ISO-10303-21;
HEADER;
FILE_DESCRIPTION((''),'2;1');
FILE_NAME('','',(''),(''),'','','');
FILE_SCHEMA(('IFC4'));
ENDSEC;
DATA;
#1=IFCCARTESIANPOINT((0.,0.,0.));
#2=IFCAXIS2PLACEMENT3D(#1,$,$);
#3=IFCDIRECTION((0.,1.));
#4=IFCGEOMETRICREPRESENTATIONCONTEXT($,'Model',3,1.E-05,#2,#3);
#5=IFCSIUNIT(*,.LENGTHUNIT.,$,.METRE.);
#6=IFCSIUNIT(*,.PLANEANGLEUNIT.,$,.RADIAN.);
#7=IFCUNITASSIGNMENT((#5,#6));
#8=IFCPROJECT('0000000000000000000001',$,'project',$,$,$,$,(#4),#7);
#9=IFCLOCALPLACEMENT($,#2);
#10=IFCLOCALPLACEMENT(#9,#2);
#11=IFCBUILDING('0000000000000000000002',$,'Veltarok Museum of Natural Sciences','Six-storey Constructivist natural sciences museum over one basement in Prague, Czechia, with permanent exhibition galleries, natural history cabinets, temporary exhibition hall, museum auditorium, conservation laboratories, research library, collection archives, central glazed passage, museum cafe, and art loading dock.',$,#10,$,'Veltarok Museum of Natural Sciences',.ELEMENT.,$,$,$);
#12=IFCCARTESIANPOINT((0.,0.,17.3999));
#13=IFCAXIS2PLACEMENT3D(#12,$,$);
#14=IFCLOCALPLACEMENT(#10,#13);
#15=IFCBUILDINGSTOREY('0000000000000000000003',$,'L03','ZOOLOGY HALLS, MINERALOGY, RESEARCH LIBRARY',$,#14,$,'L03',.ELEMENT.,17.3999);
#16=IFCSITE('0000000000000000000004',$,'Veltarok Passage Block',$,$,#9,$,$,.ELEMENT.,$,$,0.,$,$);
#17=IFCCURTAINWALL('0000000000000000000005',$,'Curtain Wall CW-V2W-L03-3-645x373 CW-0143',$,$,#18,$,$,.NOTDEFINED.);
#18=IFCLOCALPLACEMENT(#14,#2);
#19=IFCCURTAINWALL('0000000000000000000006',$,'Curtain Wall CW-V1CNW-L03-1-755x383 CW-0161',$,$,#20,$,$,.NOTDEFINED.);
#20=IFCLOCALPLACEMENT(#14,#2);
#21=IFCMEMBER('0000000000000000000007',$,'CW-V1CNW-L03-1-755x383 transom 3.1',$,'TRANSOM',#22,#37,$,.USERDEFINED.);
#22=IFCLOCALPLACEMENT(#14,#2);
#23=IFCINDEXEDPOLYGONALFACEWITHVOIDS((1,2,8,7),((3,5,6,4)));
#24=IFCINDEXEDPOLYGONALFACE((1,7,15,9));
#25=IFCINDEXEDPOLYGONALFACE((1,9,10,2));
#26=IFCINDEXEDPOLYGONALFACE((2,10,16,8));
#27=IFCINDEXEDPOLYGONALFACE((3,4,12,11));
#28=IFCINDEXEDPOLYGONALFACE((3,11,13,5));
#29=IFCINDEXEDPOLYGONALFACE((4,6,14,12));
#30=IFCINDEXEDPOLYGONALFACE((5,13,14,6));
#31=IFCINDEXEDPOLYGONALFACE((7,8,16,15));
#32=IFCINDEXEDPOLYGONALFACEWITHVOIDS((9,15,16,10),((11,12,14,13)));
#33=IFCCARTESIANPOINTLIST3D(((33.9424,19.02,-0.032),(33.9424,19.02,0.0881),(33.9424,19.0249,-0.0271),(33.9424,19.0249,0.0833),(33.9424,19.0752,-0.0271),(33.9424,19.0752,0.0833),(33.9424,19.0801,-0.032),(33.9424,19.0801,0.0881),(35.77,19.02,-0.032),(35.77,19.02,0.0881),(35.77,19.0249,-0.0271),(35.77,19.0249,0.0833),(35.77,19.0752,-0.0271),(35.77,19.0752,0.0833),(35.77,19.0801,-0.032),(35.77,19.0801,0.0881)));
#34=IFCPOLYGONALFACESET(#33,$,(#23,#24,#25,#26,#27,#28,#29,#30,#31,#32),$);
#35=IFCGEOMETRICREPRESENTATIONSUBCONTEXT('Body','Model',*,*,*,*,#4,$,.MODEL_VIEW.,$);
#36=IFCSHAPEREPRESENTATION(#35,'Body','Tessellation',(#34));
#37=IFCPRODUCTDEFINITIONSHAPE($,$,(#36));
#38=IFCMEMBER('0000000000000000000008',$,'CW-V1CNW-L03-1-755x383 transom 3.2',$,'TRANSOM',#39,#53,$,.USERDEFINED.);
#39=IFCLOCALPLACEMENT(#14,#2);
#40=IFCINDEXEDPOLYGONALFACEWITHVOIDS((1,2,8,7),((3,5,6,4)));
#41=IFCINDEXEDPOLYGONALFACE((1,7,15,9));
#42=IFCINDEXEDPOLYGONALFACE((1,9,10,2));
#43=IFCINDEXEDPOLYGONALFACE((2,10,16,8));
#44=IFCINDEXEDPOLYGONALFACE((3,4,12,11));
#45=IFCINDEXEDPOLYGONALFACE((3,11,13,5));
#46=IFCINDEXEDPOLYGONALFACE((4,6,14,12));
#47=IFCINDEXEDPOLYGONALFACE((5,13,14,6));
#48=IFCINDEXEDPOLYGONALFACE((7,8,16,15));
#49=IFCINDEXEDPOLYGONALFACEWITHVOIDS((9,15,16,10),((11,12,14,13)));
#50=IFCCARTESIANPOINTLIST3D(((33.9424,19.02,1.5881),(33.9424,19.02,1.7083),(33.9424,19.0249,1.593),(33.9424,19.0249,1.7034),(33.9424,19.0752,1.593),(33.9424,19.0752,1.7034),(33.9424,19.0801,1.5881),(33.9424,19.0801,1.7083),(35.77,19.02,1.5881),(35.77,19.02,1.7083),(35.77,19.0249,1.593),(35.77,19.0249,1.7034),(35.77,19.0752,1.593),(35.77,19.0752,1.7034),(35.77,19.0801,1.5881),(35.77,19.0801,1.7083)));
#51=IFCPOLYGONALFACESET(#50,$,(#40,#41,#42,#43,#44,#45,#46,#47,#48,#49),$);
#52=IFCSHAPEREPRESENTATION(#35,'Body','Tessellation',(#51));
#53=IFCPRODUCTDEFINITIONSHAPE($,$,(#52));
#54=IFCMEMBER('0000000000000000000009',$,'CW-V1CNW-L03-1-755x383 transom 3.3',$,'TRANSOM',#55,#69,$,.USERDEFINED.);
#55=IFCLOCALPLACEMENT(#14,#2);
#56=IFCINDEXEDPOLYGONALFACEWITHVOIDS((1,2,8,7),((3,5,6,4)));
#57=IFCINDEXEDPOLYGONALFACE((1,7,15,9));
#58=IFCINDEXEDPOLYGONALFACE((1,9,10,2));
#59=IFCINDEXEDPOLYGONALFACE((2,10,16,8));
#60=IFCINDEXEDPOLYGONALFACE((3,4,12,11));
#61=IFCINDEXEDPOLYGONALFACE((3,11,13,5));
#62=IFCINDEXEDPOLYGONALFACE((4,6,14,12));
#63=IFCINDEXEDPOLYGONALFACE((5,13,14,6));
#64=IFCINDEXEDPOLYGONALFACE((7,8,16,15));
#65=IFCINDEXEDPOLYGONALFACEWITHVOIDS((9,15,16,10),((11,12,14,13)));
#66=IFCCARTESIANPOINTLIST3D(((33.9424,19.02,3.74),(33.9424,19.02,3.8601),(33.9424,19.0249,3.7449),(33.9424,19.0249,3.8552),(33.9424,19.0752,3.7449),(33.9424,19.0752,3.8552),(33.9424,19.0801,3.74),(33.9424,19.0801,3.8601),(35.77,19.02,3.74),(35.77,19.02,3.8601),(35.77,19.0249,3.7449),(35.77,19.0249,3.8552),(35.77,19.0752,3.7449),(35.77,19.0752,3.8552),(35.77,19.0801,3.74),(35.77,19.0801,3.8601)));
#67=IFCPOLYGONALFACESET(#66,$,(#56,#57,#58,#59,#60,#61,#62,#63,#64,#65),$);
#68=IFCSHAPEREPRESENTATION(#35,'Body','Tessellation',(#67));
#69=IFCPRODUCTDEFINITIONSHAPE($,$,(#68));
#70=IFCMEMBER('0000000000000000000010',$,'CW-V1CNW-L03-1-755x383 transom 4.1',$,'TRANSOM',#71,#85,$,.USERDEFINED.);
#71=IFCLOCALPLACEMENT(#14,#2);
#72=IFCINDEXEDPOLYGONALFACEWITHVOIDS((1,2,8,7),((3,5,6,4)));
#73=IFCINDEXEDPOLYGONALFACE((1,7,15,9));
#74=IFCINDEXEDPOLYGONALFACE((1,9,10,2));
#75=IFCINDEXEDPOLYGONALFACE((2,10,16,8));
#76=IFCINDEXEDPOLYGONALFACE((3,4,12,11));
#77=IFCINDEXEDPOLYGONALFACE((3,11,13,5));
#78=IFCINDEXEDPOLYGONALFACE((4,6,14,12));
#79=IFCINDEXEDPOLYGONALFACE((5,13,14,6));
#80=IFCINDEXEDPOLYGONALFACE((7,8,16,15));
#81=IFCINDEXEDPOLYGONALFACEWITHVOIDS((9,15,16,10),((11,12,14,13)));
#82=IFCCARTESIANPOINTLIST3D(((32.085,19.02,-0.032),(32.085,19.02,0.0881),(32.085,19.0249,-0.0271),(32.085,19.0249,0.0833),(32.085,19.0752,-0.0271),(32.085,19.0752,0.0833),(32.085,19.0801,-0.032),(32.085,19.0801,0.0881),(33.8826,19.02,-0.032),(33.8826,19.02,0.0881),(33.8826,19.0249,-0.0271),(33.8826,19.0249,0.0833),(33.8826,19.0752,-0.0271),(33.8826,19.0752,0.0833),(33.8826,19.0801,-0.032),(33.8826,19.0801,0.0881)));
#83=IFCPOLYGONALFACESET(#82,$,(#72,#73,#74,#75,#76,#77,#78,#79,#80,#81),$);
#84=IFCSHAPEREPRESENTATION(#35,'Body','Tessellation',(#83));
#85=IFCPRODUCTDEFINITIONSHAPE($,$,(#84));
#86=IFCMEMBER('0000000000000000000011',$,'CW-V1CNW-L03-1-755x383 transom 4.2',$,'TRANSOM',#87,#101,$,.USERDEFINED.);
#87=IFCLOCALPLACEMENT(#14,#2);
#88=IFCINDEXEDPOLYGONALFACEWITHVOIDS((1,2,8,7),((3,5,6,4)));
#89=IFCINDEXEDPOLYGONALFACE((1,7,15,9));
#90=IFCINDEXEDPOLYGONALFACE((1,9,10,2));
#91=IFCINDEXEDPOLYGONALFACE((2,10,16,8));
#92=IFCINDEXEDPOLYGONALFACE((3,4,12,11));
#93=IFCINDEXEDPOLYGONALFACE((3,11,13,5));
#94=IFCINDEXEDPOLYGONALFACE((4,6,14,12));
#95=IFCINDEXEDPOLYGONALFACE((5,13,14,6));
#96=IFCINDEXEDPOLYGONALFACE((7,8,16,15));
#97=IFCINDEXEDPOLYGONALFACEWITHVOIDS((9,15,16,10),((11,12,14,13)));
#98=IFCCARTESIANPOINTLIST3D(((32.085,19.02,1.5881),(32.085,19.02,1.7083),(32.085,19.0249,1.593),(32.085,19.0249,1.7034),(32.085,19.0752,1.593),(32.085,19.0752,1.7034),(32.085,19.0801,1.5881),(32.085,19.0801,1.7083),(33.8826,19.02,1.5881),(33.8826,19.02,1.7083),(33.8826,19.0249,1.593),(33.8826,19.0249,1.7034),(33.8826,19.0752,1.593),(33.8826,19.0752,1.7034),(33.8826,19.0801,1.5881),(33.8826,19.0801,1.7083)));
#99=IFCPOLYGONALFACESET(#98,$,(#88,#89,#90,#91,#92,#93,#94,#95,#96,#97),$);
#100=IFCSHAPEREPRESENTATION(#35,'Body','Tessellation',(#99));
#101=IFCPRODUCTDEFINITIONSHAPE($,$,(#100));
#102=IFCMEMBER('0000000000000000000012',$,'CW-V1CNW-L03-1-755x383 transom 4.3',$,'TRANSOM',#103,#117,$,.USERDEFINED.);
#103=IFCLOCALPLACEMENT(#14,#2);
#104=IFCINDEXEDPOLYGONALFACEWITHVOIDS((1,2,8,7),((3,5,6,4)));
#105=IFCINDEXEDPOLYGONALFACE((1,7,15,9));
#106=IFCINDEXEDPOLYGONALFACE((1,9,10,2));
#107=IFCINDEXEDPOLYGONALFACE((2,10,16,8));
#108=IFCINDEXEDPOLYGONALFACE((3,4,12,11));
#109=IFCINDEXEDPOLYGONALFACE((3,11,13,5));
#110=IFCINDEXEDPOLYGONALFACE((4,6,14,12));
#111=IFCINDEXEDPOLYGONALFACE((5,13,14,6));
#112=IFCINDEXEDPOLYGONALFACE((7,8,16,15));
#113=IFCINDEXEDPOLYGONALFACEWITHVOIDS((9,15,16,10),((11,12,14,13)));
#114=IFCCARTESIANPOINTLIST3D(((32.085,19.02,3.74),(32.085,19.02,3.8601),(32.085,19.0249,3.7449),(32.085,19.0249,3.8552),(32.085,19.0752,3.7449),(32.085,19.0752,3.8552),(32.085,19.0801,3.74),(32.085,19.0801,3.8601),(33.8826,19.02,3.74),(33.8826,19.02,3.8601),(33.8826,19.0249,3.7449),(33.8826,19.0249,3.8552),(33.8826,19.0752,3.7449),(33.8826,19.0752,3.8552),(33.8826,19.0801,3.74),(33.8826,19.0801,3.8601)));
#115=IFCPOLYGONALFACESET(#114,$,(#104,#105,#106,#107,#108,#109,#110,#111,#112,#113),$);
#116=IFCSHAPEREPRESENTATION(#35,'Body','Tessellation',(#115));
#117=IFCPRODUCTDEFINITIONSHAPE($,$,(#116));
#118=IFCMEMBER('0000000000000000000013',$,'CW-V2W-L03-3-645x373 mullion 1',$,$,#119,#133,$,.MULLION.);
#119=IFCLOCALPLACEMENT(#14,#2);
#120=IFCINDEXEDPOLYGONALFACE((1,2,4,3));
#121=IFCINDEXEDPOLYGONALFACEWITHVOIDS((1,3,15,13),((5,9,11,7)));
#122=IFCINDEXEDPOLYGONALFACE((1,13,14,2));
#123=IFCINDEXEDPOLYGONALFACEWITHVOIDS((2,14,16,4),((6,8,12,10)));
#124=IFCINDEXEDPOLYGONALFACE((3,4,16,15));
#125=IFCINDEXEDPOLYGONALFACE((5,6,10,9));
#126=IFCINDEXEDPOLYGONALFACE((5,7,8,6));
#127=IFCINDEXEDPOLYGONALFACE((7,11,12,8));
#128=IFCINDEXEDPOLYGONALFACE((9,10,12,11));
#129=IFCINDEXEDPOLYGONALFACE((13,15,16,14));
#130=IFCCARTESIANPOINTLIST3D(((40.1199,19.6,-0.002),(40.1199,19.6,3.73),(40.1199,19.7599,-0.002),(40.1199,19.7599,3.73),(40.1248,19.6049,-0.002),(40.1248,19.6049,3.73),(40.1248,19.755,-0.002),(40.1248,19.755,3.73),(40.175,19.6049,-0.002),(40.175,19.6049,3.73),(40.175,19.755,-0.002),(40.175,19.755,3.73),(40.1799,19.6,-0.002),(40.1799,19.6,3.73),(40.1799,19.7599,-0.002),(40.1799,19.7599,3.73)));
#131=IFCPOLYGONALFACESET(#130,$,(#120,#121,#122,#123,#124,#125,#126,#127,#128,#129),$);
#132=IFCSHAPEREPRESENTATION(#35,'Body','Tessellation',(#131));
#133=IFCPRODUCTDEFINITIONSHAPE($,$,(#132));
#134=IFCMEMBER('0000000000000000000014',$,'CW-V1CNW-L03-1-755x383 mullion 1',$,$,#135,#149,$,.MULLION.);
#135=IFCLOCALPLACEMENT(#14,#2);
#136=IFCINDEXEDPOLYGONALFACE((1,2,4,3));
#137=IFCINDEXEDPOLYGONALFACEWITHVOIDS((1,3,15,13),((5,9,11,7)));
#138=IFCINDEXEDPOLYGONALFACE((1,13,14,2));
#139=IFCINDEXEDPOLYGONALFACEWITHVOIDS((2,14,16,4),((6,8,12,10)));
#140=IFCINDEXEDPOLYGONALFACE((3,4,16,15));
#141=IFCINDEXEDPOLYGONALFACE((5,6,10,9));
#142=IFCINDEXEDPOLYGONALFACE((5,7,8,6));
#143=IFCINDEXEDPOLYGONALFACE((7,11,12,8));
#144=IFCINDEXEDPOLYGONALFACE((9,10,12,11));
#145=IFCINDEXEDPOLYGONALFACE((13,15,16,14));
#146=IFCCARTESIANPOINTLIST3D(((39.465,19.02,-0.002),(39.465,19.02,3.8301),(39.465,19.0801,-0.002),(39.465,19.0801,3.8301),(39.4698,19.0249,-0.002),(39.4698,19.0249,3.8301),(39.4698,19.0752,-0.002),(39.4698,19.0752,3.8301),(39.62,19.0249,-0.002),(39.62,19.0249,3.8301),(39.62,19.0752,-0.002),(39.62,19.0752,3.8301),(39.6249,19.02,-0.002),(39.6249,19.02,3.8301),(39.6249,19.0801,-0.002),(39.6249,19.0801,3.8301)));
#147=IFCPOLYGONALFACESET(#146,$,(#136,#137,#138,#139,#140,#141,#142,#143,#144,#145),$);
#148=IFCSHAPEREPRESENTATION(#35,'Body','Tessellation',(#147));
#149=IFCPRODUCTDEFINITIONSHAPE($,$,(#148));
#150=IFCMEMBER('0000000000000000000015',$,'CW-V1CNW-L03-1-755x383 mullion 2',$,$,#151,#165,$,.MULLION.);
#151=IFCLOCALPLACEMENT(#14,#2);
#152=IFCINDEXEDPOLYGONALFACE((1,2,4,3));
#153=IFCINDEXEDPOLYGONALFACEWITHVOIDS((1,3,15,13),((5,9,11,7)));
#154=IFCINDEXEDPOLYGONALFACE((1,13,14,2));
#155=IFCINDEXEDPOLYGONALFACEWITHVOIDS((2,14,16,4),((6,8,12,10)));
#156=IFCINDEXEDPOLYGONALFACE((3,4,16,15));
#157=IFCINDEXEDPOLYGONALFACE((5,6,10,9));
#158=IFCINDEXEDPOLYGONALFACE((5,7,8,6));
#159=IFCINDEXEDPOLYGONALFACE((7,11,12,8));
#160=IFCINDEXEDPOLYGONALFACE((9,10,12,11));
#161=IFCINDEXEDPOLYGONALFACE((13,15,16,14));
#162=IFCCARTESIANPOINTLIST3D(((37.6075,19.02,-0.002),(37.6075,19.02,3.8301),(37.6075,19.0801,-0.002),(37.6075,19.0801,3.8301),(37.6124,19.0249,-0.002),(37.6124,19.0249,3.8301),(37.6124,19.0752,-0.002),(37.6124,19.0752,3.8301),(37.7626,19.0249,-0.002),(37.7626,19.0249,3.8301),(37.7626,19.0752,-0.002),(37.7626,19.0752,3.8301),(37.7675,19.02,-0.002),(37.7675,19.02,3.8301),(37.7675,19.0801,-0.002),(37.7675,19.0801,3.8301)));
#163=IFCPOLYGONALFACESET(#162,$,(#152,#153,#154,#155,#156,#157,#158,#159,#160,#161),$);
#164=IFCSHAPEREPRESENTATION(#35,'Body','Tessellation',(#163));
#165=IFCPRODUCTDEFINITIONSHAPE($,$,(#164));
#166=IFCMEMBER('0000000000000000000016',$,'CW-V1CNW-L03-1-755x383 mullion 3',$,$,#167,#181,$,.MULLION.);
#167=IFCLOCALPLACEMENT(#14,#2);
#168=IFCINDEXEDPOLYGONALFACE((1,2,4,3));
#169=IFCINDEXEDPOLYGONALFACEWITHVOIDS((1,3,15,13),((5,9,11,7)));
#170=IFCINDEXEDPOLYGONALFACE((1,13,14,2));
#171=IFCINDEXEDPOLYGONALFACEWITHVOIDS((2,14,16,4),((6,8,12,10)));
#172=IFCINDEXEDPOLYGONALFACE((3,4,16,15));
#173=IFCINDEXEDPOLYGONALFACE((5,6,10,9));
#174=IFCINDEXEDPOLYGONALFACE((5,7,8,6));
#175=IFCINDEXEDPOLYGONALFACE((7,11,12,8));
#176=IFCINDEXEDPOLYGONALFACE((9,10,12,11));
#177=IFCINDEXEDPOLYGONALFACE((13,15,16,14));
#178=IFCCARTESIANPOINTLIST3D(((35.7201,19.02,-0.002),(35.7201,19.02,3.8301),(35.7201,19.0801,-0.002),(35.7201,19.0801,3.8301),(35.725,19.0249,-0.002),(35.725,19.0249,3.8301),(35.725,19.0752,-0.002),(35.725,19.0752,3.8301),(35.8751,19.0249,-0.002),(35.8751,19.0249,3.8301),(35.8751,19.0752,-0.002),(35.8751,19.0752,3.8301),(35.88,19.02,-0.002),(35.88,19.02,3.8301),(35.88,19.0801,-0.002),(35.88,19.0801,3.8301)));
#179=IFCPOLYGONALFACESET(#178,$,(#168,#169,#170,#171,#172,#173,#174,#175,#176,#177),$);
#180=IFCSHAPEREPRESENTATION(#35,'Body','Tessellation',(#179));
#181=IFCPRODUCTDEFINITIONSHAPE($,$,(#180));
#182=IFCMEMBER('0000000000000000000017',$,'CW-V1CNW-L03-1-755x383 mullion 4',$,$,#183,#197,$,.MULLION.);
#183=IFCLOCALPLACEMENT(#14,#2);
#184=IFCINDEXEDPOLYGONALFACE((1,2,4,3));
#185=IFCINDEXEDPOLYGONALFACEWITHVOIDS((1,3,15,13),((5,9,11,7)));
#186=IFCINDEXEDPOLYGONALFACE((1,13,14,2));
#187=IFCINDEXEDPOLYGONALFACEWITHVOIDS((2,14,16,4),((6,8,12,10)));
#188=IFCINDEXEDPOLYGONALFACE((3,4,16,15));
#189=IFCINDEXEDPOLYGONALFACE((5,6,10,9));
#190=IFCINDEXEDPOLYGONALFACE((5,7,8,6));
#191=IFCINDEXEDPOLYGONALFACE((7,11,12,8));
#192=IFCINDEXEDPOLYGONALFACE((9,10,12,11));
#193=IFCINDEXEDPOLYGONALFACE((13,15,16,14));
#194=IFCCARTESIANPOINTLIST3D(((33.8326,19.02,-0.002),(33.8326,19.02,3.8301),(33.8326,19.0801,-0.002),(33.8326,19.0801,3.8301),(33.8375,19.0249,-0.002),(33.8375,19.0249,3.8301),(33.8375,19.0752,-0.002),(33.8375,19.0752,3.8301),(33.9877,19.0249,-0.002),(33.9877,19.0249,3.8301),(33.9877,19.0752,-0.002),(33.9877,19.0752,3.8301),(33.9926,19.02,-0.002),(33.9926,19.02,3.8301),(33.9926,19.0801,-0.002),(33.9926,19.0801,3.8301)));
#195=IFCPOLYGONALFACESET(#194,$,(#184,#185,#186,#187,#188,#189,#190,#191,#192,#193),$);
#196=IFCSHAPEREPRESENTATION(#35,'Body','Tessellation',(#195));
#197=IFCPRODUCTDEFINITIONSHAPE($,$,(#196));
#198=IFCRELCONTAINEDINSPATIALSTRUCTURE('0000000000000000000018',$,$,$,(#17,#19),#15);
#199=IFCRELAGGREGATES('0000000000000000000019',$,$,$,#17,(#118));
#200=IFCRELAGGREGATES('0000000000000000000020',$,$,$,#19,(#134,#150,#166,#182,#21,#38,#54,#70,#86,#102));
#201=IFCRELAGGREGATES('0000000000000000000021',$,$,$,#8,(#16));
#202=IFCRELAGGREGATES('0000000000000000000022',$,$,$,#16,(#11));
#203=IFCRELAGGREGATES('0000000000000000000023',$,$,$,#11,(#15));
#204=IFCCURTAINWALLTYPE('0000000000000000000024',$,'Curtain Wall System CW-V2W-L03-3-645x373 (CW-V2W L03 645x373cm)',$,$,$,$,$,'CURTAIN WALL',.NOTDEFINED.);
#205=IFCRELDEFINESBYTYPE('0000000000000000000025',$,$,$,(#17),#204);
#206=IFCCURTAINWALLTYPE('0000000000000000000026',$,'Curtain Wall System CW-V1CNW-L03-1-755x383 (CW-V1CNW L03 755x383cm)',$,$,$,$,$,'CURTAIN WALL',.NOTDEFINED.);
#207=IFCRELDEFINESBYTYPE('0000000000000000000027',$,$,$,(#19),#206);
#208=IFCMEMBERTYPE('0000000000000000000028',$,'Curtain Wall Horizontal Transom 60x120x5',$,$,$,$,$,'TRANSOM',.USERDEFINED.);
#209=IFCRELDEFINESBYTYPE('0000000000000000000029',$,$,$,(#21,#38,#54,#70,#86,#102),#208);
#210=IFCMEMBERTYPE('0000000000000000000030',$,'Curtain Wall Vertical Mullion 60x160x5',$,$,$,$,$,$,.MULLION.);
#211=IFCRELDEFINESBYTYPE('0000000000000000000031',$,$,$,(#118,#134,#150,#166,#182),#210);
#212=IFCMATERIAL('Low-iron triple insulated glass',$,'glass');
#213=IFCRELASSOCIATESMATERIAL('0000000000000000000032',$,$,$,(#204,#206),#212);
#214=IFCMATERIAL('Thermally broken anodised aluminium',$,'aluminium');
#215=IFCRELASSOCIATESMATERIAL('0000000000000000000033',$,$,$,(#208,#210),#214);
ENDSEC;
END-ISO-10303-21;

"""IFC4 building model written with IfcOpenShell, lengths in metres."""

from ifc_helpers import new_model, si_unit, direction, frame, origin, origin_2d, place, context, subcontext, project, spatial, hollow_rectangle, extrude, material, material_profile, profile_set, type_object, element, aggregate, save


model = new_model("IFC4")

# Units and contexts
model_context = context("Model", 3, precision=1e-05, world=origin(), true_north=direction((0.0, 1.0)))
body_context = subcontext(model_context, "Body", "Model", "MODEL_VIEW")
ifc_project = project(units=[si_unit("LENGTHUNIT", "METRE"), si_unit("PLANEANGLEUNIT", "RADIAN")], contexts=[model_context])

# Site, building, storey
site_placement = place(None, origin())
site = spatial("IfcSite", under=ifc_project, at=site_placement, Name="Veltarok Passage Block", CompositionType="ELEMENT", RefElevation=0.0)
building_placement = place(site_placement, origin())
building = spatial("IfcBuilding", under=site, at=building_placement, Name="Veltarok Museum of Natural Sciences", Description="Six-storey Constructivist natural sciences museum over one basement in Prague, Czechia, with permanent exhibition galleries, natural history cabinets, temporary exhibition hall, museum auditorium, conservation laboratories, research library, collection archives, central glazed passage, museum cafe, and art loading dock.", LongName="Veltarok Museum of Natural Sciences", CompositionType="ELEMENT")
storey_placement = place(building_placement, frame((0.0, 0.0, 17.3999)))
storey = spatial("IfcBuildingStorey", under=building, at=storey_placement, Name="L03", Description="ZOOLOGY HALLS, MINERALOGY, RESEARCH LIBRARY", LongName="L03", CompositionType="ELEMENT", Elevation=17.3999)

# Curtain wall
ifc_material_1 = material(Name="Low-iron triple insulated glass", Category="glass")
curtain_wall_type_1 = type_object("IfcCurtainWallType", Name="Curtain Wall System CW-V2W-L03-3-645x373 (CW-V2W L03 645x373cm)", ElementType="CURTAIN WALL", PredefinedType="NOTDEFINED", material=ifc_material_1)
curtain_wall_1_placement = place(storey_placement, origin())
curtain_wall_1 = element("IfcCurtainWall", 1, at=curtain_wall_1_placement, inside=storey, type_object=curtain_wall_type_1, Name="Curtain Wall CW-V2W-L03-3-645x373 CW-0143", PredefinedType="NOTDEFINED")
ifc_material_2 = material(Name="Thermally broken anodised aluminium", Category="aluminium")
ifc_material_profile_1 = material_profile(ifc_material_2, hollow_rectangle(XDim=0.0601, YDim=0.1201, WallThickness=0.0049, at=origin_2d()), Name="CW TRANSOM 60x120x5")
ifc_profile_set_1 = profile_set([ifc_material_profile_1], Name="Thermally broken anodised aluminium")
member_type_1 = type_object("IfcMemberType", Name="Curtain Wall Horizontal Transom 60x120x5", ElementType="TRANSOM", PredefinedType="USERDEFINED", material=ifc_profile_set_1)

# Curtain wall, members
curtain_wall_type_2 = type_object("IfcCurtainWallType", Name="Curtain Wall System CW-V1CNW-L03-1-755x383 (CW-V1CNW L03 755x383cm)", ElementType="CURTAIN WALL", PredefinedType="NOTDEFINED", material=ifc_material_1)
curtain_wall_2_placement = place(storey_placement, origin())
curtain_wall_2 = element("IfcCurtainWall", 2, at=curtain_wall_2_placement, inside=storey, type_object=curtain_wall_type_2, Name="Curtain Wall CW-V1CNW-L03-1-755x383 CW-0161", PredefinedType="NOTDEFINED")
member_1_placement = place(storey_placement, frame((35.77, 19.05, 0.0281), z_axis=(-1.0, 0.0, 0.0), x_axis=(0.0, -1.0, 0.0)))
member_1 = element("IfcMember", 3, at=member_1_placement, type_object=member_type_1, Name="CW-V1CNW-L03-1-755x383 transom 3.1", ObjectType="TRANSOM", PredefinedType="USERDEFINED", context=body_context, shape_type="SweptSolid", body=[
    extrude(hollow_rectangle(XDim=0.0601, YDim=0.1201, WallThickness=0.0049, at=origin_2d()), origin(), (0.0, 0.0, 1.0), 1.8276),
])
member_2_placement = place(storey_placement, frame((35.77, 19.05, 1.6482), z_axis=(-1.0, 0.0, 0.0), x_axis=(0.0, -1.0, 0.0)))
member_2 = element("IfcMember", 4, at=member_2_placement, type_object=member_type_1, Name="CW-V1CNW-L03-1-755x383 transom 3.2", ObjectType="TRANSOM", PredefinedType="USERDEFINED", context=body_context, shape_type="SweptSolid", body=[
    extrude(hollow_rectangle(XDim=0.0601, YDim=0.1201, WallThickness=0.0049, at=origin_2d()), origin(), (0.0, 0.0, 1.0), 1.8276),
])
member_3_placement = place(storey_placement, frame((35.77, 19.05, 3.8), z_axis=(-1.0, 0.0, 0.0), x_axis=(0.0, -1.0, 0.0)))
member_3 = element("IfcMember", 5, at=member_3_placement, type_object=member_type_1, Name="CW-V1CNW-L03-1-755x383 transom 3.3", ObjectType="TRANSOM", PredefinedType="USERDEFINED", context=body_context, shape_type="SweptSolid", body=[
    extrude(hollow_rectangle(XDim=0.0601, YDim=0.1201, WallThickness=0.0049, at=origin_2d()), origin(), (0.0, 0.0, 1.0), 1.8276),
])
member_4_placement = place(storey_placement, frame((33.8826, 19.05, 0.0281), z_axis=(-1.0, 0.0, 0.0), x_axis=(0.0, -1.0, 0.0)))
member_4 = element("IfcMember", 6, at=member_4_placement, type_object=member_type_1, Name="CW-V1CNW-L03-1-755x383 transom 4.1", ObjectType="TRANSOM", PredefinedType="USERDEFINED", context=body_context, shape_type="SweptSolid", body=[
    extrude(hollow_rectangle(XDim=0.0601, YDim=0.1201, WallThickness=0.0049, at=origin_2d()), origin(), (0.0, 0.0, 1.0), 1.7976),
])
member_5_placement = place(storey_placement, frame((33.8826, 19.05, 1.6482), z_axis=(-1.0, 0.0, 0.0), x_axis=(0.0, -1.0, 0.0)))
member_5 = element("IfcMember", 7, at=member_5_placement, type_object=member_type_1, Name="CW-V1CNW-L03-1-755x383 transom 4.2", ObjectType="TRANSOM", PredefinedType="USERDEFINED", context=body_context, shape_type="SweptSolid", body=[
    extrude(hollow_rectangle(XDim=0.0601, YDim=0.1201, WallThickness=0.0049, at=origin_2d()), origin(), (0.0, 0.0, 1.0), 1.7976),
])
member_6_placement = place(storey_placement, frame((33.8826, 19.05, 3.8), z_axis=(-1.0, 0.0, 0.0), x_axis=(0.0, -1.0, 0.0)))
member_6 = element("IfcMember", 8, at=member_6_placement, type_object=member_type_1, Name="CW-V1CNW-L03-1-755x383 transom 4.3", ObjectType="TRANSOM", PredefinedType="USERDEFINED", context=body_context, shape_type="SweptSolid", body=[
    extrude(hollow_rectangle(XDim=0.0601, YDim=0.1201, WallThickness=0.0049, at=origin_2d()), origin(), (0.0, 0.0, 1.0), 1.7976),
])

# Members
ifc_material_profile_2 = material_profile(ifc_material_2, hollow_rectangle(XDim=0.0601, YDim=0.1599, WallThickness=0.0049, at=origin_2d()), Name="CW MULLION 60x160x5")
ifc_profile_set_2 = profile_set([ifc_material_profile_2], Name="Thermally broken anodised aluminium")
member_type_2 = type_object("IfcMemberType", Name="Curtain Wall Vertical Mullion 60x160x5", PredefinedType="MULLION", material=ifc_profile_set_2)
member_7_placement = place(storey_placement, frame((40.1499, 19.6799, -0.002), z_axis=(0.0, 0.0, 1.0), x_axis=(-1.0, 0.0, 0.0)))
member_7 = element("IfcMember", 9, at=member_7_placement, type_object=member_type_2, Name="CW-V2W-L03-3-645x373 mullion 1", PredefinedType="MULLION", context=body_context, shape_type="SweptSolid", body=[
    extrude(hollow_rectangle(XDim=0.0601, YDim=0.1599, WallThickness=0.0049, at=origin_2d()), origin(), (0.0, 0.0, 1.0), 3.7319),
])
aggregate(curtain_wall_1, [member_7])
member_8_placement = place(storey_placement, frame((39.5449, 19.05, -0.002), z_axis=(0.0, 0.0, 1.0), x_axis=(0.0, -1.0, 0.0)))
member_8 = element("IfcMember", 10, at=member_8_placement, type_object=member_type_2, Name="CW-V1CNW-L03-1-755x383 mullion 1", PredefinedType="MULLION", context=body_context, shape_type="SweptSolid", body=[
    extrude(hollow_rectangle(XDim=0.0601, YDim=0.1599, WallThickness=0.0049, at=origin_2d()), origin(), (0.0, 0.0, 1.0), 3.832),
])
member_9_placement = place(storey_placement, frame((37.6875, 19.05, -0.002), z_axis=(0.0, 0.0, 1.0), x_axis=(0.0, -1.0, 0.0)))
member_9 = element("IfcMember", 11, at=member_9_placement, type_object=member_type_2, Name="CW-V1CNW-L03-1-755x383 mullion 2", PredefinedType="MULLION", context=body_context, shape_type="SweptSolid", body=[
    extrude(hollow_rectangle(XDim=0.0601, YDim=0.1599, WallThickness=0.0049, at=origin_2d()), origin(), (0.0, 0.0, 1.0), 3.832),
])
member_10_placement = place(storey_placement, frame((35.8, 19.05, -0.002), z_axis=(0.0, 0.0, 1.0), x_axis=(0.0, -1.0, 0.0)))
member_10 = element("IfcMember", 12, at=member_10_placement, type_object=member_type_2, Name="CW-V1CNW-L03-1-755x383 mullion 3", PredefinedType="MULLION", context=body_context, shape_type="SweptSolid", body=[
    extrude(hollow_rectangle(XDim=0.0601, YDim=0.1599, WallThickness=0.0049, at=origin_2d()), origin(), (0.0, 0.0, 1.0), 3.832),
])
member_11_placement = place(storey_placement, frame((33.9126, 19.05, -0.002), z_axis=(0.0, 0.0, 1.0), x_axis=(0.0, -1.0, 0.0)))
member_11 = element("IfcMember", 13, at=member_11_placement, type_object=member_type_2, Name="CW-V1CNW-L03-1-755x383 mullion 4", PredefinedType="MULLION", context=body_context, shape_type="SweptSolid", body=[
    extrude(hollow_rectangle(XDim=0.0601, YDim=0.1599, WallThickness=0.0049, at=origin_2d()), origin(), (0.0, 0.0, 1.0), 3.832),
])

aggregate(curtain_wall_2, [member_8, member_9, member_10, member_11, member_1, member_2, member_3, member_4, member_5, member_6])

save(model, "model.ifc")
